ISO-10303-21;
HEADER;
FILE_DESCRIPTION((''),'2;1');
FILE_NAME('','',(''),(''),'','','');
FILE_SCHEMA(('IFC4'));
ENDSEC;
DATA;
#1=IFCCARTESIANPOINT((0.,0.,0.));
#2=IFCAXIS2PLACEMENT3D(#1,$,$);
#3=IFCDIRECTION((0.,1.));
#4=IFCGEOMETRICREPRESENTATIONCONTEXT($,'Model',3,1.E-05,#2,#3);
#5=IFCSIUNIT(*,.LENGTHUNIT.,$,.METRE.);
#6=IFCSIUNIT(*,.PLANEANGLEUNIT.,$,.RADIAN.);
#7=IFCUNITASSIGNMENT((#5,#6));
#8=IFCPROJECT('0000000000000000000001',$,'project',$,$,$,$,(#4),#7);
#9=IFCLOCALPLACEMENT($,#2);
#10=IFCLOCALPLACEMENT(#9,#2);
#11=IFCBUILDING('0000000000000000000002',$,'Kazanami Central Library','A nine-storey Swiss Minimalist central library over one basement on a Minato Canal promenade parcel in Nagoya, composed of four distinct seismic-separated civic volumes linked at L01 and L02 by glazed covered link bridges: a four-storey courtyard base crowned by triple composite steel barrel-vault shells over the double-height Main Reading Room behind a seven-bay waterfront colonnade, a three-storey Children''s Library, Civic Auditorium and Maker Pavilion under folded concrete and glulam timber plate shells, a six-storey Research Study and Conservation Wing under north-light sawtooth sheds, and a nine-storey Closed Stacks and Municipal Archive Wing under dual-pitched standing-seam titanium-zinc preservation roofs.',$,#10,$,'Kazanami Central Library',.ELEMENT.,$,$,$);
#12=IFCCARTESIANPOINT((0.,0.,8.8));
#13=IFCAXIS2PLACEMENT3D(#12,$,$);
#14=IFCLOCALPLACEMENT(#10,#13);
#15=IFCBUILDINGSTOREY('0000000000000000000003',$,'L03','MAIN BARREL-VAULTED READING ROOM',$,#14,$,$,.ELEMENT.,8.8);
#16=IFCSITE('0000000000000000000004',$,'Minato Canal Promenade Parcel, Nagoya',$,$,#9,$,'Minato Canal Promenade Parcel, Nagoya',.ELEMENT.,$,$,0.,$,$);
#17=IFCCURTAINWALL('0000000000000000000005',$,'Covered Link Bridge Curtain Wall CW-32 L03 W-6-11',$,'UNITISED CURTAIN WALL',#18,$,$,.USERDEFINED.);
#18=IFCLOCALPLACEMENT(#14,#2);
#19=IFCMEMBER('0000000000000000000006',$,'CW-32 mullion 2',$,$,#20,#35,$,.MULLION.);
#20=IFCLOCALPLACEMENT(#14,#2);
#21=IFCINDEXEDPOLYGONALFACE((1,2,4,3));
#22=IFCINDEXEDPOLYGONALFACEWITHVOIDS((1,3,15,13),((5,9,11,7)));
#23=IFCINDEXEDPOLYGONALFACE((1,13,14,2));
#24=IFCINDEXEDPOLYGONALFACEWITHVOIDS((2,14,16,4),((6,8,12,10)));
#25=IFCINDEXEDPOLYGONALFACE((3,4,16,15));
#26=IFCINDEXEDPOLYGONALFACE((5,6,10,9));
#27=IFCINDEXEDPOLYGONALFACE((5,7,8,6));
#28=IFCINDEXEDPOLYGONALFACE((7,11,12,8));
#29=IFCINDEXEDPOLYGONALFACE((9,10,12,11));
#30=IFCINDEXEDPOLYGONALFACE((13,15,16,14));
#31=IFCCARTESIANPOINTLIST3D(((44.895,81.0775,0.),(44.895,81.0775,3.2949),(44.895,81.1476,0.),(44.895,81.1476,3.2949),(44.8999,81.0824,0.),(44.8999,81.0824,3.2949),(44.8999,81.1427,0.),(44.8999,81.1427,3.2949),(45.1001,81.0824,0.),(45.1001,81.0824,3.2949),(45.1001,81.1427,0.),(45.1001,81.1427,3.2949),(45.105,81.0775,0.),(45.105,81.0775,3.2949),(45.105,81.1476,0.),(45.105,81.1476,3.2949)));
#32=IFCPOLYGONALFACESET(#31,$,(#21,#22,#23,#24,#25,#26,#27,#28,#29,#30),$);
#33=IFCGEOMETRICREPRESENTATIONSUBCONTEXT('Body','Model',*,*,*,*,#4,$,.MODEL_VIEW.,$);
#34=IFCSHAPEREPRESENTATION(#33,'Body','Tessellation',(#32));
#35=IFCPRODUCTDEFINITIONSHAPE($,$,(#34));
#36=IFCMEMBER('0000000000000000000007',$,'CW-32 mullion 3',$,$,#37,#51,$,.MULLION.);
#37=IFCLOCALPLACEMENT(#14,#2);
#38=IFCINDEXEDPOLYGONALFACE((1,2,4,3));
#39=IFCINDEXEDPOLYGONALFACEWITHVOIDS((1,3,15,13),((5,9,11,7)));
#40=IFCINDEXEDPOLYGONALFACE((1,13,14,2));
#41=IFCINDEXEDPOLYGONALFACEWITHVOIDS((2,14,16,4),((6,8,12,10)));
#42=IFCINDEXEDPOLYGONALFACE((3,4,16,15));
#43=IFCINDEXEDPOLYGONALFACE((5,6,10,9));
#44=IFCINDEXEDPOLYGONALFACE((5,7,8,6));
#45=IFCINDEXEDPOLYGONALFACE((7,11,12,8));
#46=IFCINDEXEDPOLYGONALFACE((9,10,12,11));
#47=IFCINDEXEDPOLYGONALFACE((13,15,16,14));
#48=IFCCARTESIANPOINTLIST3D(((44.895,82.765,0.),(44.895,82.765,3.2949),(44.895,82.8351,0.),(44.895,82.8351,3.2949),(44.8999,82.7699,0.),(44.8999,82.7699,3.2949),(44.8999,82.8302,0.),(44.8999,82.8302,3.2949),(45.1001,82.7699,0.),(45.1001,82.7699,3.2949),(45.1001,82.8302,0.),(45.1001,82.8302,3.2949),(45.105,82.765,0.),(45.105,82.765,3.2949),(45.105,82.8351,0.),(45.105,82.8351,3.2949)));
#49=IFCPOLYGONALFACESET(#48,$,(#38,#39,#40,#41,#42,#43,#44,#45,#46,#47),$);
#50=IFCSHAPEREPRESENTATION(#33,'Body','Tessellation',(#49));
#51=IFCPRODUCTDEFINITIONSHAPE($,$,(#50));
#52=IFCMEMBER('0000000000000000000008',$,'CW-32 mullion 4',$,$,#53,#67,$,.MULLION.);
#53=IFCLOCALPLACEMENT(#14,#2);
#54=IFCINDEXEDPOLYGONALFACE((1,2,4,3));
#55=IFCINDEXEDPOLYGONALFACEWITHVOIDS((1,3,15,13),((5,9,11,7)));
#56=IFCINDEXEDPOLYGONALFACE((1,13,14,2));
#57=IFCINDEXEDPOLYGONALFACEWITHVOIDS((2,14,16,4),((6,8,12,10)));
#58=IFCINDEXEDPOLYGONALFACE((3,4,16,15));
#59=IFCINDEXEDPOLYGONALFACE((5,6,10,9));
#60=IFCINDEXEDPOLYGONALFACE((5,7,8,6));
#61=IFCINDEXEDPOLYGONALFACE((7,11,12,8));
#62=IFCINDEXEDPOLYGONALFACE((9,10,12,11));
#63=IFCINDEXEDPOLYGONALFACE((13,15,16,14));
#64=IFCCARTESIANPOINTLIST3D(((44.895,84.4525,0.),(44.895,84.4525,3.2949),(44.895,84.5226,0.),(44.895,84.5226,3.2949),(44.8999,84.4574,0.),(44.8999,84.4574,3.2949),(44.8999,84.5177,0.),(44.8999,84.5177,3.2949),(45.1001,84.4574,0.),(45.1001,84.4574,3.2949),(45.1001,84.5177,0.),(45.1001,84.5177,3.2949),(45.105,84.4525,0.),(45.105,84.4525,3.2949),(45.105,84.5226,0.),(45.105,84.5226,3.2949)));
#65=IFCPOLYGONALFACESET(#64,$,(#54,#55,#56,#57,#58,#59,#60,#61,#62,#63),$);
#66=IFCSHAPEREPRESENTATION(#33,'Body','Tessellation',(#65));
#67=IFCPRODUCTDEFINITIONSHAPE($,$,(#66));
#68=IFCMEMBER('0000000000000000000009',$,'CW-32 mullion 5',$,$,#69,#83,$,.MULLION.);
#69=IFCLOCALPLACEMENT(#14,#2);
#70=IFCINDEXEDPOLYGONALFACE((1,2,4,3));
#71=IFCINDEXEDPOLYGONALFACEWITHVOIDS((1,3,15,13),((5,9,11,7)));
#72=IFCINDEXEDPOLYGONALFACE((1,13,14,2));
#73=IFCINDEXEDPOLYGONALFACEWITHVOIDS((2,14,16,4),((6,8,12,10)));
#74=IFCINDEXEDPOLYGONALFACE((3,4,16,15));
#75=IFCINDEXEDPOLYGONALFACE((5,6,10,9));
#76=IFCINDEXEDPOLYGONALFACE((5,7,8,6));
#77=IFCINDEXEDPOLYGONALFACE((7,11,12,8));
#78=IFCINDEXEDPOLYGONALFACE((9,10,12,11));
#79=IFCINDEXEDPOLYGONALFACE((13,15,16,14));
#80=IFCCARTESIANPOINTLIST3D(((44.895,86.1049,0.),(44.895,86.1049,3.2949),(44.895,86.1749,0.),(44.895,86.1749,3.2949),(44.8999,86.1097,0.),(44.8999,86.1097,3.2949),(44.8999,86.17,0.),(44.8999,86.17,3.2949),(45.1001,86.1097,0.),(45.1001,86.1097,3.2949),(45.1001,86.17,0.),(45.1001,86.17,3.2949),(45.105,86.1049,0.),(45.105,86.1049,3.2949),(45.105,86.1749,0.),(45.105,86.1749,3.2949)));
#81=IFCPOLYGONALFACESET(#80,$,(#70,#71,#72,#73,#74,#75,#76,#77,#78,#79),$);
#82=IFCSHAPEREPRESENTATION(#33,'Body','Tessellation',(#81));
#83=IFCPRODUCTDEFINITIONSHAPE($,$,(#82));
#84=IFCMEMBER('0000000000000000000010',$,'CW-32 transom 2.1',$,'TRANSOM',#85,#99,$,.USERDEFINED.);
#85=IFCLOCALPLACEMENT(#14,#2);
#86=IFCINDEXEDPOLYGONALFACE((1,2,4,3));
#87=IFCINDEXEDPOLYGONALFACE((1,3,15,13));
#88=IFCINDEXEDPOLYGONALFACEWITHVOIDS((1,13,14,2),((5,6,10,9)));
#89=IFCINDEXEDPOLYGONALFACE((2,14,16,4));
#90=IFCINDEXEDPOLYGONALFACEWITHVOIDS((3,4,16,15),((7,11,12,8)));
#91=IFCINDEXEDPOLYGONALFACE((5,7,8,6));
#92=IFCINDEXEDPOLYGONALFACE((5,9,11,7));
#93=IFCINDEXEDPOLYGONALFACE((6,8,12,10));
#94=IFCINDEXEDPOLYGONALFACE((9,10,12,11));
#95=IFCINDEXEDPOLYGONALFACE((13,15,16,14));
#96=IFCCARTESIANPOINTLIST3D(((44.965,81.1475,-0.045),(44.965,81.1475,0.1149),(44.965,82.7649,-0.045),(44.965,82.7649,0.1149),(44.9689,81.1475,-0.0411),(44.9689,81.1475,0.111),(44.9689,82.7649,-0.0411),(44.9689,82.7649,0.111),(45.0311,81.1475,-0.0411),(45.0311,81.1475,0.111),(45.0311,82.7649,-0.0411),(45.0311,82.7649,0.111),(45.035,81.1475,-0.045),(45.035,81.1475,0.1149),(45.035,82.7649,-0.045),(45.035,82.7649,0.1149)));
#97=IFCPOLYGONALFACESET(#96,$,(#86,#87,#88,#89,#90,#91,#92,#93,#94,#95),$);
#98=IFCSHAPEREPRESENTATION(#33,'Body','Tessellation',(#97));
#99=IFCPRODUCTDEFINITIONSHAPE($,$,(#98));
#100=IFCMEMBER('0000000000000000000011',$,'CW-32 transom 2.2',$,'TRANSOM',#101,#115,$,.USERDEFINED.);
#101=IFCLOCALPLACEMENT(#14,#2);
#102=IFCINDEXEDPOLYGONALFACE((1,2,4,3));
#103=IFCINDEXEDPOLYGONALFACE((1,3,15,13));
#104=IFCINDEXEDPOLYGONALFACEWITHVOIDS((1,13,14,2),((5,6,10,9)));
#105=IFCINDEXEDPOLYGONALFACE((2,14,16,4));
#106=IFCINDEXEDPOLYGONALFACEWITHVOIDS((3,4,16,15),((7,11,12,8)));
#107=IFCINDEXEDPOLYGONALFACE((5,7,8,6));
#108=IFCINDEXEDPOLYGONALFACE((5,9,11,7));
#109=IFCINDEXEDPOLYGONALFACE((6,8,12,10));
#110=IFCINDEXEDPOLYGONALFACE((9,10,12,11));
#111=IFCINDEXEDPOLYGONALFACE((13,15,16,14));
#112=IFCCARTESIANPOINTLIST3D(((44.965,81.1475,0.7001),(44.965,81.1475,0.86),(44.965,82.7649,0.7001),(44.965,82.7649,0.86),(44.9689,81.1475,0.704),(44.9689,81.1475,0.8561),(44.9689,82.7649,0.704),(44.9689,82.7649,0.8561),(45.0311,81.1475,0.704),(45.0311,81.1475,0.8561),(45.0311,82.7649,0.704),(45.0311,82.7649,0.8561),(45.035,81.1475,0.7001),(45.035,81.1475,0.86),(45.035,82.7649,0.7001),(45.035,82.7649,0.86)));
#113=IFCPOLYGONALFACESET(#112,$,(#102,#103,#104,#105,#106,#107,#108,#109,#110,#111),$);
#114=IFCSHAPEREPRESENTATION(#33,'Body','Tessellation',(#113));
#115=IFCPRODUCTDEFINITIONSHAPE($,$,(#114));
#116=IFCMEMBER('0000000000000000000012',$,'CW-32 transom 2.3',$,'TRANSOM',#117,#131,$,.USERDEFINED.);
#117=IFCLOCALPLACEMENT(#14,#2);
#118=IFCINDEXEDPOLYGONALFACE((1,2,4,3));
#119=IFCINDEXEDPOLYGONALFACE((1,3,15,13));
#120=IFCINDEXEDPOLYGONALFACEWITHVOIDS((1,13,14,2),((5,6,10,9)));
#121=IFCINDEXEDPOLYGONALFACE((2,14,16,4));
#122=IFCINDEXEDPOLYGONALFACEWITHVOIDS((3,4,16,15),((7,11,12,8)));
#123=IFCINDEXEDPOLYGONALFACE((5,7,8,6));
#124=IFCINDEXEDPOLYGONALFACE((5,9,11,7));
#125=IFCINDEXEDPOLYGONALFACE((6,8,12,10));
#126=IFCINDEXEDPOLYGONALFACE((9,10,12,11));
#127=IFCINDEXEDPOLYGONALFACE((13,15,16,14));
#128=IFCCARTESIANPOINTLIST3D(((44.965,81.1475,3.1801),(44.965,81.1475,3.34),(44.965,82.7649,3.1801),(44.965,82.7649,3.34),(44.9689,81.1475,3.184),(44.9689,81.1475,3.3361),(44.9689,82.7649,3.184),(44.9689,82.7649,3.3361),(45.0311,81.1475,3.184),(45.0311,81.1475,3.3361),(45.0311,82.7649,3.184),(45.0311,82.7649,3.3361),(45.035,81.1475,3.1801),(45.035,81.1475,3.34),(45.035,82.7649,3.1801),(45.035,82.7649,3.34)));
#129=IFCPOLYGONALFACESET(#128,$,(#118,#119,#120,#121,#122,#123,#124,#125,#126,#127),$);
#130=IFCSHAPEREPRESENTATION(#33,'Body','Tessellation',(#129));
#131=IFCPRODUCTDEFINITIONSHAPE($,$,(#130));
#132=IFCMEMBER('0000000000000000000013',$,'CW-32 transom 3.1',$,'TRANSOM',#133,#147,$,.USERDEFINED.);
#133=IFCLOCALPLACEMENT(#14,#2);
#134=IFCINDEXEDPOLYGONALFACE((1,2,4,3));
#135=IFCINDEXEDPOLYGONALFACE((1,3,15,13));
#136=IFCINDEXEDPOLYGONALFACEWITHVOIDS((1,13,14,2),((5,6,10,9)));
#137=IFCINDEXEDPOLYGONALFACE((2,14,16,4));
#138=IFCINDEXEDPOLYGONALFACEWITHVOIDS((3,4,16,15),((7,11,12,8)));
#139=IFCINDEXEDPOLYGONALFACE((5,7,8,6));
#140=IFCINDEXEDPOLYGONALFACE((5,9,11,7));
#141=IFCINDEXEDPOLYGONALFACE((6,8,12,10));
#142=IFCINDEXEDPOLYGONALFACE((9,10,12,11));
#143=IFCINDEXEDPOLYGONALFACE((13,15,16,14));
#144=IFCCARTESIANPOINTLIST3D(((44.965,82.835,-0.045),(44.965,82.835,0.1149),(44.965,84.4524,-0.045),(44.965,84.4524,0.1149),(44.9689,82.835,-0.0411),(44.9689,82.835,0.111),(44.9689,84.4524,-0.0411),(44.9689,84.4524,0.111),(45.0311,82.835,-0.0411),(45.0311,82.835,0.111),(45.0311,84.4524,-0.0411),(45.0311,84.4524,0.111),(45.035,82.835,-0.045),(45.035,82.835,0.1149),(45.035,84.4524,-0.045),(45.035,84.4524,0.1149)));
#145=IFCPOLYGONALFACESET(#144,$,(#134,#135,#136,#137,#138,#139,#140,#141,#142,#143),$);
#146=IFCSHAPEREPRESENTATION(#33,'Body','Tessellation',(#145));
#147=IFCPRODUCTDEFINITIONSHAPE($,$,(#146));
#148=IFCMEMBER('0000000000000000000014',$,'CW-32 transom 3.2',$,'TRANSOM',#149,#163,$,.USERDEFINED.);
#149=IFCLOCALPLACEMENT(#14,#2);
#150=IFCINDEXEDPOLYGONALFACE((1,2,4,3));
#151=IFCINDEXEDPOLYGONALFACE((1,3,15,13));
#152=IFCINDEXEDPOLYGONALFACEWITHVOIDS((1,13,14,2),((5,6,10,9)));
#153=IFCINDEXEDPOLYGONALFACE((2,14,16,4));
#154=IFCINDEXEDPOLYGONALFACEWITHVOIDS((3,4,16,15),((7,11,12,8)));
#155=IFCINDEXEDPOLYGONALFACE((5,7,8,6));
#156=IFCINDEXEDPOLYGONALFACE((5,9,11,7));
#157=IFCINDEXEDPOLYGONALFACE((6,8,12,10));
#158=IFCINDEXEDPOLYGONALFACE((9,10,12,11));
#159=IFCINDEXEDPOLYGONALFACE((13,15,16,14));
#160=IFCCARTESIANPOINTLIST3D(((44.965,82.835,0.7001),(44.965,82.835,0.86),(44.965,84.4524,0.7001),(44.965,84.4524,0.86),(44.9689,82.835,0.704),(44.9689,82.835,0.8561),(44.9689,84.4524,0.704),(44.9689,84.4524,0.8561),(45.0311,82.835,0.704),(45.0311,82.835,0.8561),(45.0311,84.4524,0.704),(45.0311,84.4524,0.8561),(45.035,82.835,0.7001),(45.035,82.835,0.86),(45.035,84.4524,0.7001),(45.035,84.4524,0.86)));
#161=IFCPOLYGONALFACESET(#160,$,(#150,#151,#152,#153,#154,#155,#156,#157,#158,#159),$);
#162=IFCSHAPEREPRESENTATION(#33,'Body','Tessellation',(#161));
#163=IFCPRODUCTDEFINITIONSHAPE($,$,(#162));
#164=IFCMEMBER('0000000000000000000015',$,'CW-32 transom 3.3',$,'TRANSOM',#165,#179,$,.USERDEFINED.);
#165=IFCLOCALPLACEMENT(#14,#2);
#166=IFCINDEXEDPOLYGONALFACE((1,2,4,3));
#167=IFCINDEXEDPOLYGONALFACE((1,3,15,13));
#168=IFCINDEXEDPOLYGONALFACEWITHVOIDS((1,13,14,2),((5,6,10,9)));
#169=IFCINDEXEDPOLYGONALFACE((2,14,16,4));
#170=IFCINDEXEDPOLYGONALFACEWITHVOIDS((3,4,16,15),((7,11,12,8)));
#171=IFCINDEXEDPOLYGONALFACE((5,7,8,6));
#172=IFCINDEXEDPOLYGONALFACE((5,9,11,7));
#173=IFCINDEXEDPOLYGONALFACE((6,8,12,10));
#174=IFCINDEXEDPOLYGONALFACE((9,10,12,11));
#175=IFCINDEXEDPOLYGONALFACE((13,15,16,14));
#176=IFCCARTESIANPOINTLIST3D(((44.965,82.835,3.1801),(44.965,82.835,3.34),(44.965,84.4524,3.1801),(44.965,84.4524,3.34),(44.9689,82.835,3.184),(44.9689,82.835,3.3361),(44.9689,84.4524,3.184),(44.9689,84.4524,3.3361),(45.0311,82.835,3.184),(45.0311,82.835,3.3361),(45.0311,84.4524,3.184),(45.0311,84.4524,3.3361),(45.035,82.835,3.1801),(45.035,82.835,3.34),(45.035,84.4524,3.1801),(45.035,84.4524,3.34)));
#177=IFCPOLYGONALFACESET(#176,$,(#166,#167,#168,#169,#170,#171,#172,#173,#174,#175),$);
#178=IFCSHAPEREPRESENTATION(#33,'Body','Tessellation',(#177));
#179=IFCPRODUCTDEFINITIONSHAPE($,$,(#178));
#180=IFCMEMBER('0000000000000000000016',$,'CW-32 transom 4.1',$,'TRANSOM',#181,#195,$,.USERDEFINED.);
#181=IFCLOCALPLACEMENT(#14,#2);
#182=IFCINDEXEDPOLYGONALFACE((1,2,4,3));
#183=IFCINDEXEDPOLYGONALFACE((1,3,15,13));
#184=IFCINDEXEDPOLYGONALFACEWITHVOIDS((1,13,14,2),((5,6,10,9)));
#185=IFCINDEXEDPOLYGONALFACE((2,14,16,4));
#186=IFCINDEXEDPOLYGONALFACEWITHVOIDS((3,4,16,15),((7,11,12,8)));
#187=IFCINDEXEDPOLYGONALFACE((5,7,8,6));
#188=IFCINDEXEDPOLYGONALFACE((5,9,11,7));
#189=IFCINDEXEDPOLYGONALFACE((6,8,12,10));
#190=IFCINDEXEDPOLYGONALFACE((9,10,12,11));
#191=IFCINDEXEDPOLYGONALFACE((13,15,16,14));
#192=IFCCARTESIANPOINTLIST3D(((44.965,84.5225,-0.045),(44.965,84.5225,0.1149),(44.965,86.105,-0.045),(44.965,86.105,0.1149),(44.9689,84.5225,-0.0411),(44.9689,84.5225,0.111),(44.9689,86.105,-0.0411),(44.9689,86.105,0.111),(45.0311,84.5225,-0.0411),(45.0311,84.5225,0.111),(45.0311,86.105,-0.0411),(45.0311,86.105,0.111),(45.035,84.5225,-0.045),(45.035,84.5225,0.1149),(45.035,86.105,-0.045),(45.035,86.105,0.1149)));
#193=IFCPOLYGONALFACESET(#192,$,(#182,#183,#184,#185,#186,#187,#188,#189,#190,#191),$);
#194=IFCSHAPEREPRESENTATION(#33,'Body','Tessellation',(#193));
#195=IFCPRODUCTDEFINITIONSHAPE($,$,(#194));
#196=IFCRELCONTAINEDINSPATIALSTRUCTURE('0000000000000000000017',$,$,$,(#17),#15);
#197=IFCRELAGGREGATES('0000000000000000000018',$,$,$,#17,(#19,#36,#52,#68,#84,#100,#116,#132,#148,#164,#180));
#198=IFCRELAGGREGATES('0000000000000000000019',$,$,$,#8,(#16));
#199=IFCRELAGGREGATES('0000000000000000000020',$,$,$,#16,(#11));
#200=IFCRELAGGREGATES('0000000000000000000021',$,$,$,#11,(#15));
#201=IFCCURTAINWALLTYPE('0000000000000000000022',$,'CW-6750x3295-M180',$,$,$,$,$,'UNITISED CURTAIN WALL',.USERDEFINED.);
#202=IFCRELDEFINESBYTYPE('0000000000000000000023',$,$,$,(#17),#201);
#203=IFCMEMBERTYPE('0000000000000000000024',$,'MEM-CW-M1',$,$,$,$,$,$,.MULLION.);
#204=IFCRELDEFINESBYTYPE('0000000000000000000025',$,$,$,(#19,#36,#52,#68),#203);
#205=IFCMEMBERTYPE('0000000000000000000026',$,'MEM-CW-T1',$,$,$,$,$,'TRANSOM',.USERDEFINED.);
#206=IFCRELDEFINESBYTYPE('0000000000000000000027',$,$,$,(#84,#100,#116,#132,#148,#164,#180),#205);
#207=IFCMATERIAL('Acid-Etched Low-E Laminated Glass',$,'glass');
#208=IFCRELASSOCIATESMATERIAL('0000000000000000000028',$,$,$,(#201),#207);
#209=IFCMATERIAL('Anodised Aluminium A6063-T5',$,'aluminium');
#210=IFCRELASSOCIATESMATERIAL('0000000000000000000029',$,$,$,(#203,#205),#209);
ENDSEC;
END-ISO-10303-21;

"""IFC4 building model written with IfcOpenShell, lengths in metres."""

from ifc_helpers import new_model, si_unit, direction, frame, origin, origin_2d, place, context, subcontext, project, spatial, hollow_rectangle, extrude, material, material_profile, profile_set, type_object, element, aggregate, save


model = new_model("IFC4")

# Units and contexts
model_context = context("Model", 3, precision=1e-05, world=origin(), true_north=direction((0.0, 1.0)))
body_context = subcontext(model_context, "Body", "Model", "MODEL_VIEW")
ifc_project = project(units=[si_unit("LENGTHUNIT", "METRE"), si_unit("PLANEANGLEUNIT", "RADIAN")], contexts=[model_context])

# Site, building, storey
site_placement = place(None, origin())
site = spatial("IfcSite", under=ifc_project, at=site_placement, Name="Minato Canal Promenade Parcel, Nagoya", LongName="Minato Canal Promenade Parcel, Nagoya", CompositionType="ELEMENT", RefElevation=0.0)
building_placement = place(site_placement, origin())
building = spatial("IfcBuilding", under=site, at=building_placement, Name="Kazanami Central Library", Description="A nine-storey Swiss Minimalist central library over one basement on a Minato Canal promenade parcel in Nagoya, composed of four distinct seismic-separated civic volumes linked at L01 and L02 by glazed covered link bridges: a four-storey courtyard base crowned by triple composite steel barrel-vault shells over the double-height Main Reading Room behind a seven-bay waterfront colonnade, a three-storey Children's Library, Civic Auditorium and Maker Pavilion under folded concrete and glulam timber plate shells, a six-storey Research Study and Conservation Wing under north-light sawtooth sheds, and a nine-storey Closed Stacks and Municipal Archive Wing under dual-pitched standing-seam titanium-zinc preservation roofs.", LongName="Kazanami Central Library", CompositionType="ELEMENT")
storey_placement = place(building_placement, frame((0.0, 0.0, 8.8)))
storey = spatial("IfcBuildingStorey", under=building, at=storey_placement, Name="L03", Description="MAIN BARREL-VAULTED READING ROOM", CompositionType="ELEMENT", Elevation=8.8)

# Curtain wall, members
ifc_material_1 = material(Name="Acid-Etched Low-E Laminated Glass", Category="glass")
curtain_wall_type = type_object("IfcCurtainWallType", Name="CW-6750x3295-M180", ElementType="UNITISED CURTAIN WALL", PredefinedType="USERDEFINED", material=ifc_material_1)
curtain_wall_placement = place(storey_placement, origin())
curtain_wall = element("IfcCurtainWall", 1, at=curtain_wall_placement, inside=storey, type_object=curtain_wall_type, Name="Covered Link Bridge Curtain Wall CW-32 L03 W-6-11", ObjectType="UNITISED CURTAIN WALL", PredefinedType="USERDEFINED")
ifc_material_2 = material(Name="Anodised Aluminium A6063-T5", Category="aluminium")
ifc_material_profile_1 = material_profile(ifc_material_2, hollow_rectangle(XDim=0.0701, YDim=0.21, WallThickness=0.0049, at=origin_2d()), Name="ALU-MULL-70x210x5")
ifc_profile_set_1 = profile_set([ifc_material_profile_1], Name="Anodised Aluminium A6063-T5")
member_type_1 = type_object("IfcMemberType", Name="MEM-CW-M1", PredefinedType="MULLION", material=ifc_profile_set_1)
member_1_placement = place(storey_placement, frame((45.0, 81.1125, 0.0), z_axis=(0.0, 0.0, 1.0), x_axis=(0.0, 1.0, 0.0)))
member_1 = element("IfcMember", 2, at=member_1_placement, type_object=member_type_1, Name="CW-32 mullion 2", PredefinedType="MULLION", context=body_context, shape_type="SweptSolid", body=[
    extrude(hollow_rectangle(XDim=0.0701, YDim=0.21, WallThickness=0.0049, at=origin_2d()), origin(), (0.0, 0.0, 1.0), 3.2949),
])
member_2_placement = place(storey_placement, frame((45.0, 82.8, 0.0), z_axis=(0.0, 0.0, 1.0), x_axis=(0.0, 1.0, 0.0)))
member_2 = element("IfcMember", 3, at=member_2_placement, type_object=member_type_1, Name="CW-32 mullion 3", PredefinedType="MULLION", context=body_context, shape_type="SweptSolid", body=[
    extrude(hollow_rectangle(XDim=0.0701, YDim=0.21, WallThickness=0.0049, at=origin_2d()), origin(), (0.0, 0.0, 1.0), 3.2949),
])
member_3_placement = place(storey_placement, frame((45.0, 84.4875, 0.0), z_axis=(0.0, 0.0, 1.0), x_axis=(0.0, 1.0, 0.0)))
member_3 = element("IfcMember", 4, at=member_3_placement, type_object=member_type_1, Name="CW-32 mullion 4", PredefinedType="MULLION", context=body_context, shape_type="SweptSolid", body=[
    extrude(hollow_rectangle(XDim=0.0701, YDim=0.21, WallThickness=0.0049, at=origin_2d()), origin(), (0.0, 0.0, 1.0), 3.2949),
])
member_4_placement = place(storey_placement, frame((45.0, 86.1399, 0.0), z_axis=(0.0, 0.0, 1.0), x_axis=(0.0, 1.0, 0.0)))
member_4 = element("IfcMember", 5, at=member_4_placement, type_object=member_type_1, Name="CW-32 mullion 5", PredefinedType="MULLION", context=body_context, shape_type="SweptSolid", body=[
    extrude(hollow_rectangle(XDim=0.0701, YDim=0.21, WallThickness=0.0049, at=origin_2d()), origin(), (0.0, 0.0, 1.0), 3.2949),
])
ifc_material_profile_2 = material_profile(ifc_material_2, hollow_rectangle(XDim=0.0701, YDim=0.1599, WallThickness=0.0039, at=origin_2d()), Name="ALU-TRAN-70x160x4")
ifc_profile_set_2 = profile_set([ifc_material_profile_2], Name="Anodised Aluminium A6063-T5")
member_type_2 = type_object("IfcMemberType", Name="MEM-CW-T1", ElementType="TRANSOM", PredefinedType="USERDEFINED", material=ifc_profile_set_2)
member_5_placement = place(storey_placement, frame((45.0, 81.1475, 0.0349), z_axis=(0.0, 1.0, 0.0), x_axis=(-1.0, 0.0, 0.0)))
member_5 = element("IfcMember", 6, at=member_5_placement, type_object=member_type_2, Name="CW-32 transom 2.1", ObjectType="TRANSOM", PredefinedType="USERDEFINED", context=body_context, shape_type="SweptSolid", body=[
    extrude(hollow_rectangle(XDim=0.0701, YDim=0.1599, WallThickness=0.0039, at=origin_2d()), origin(), (0.0, 0.0, 1.0), 1.6174),
])
member_6_placement = place(storey_placement, frame((45.0, 81.1475, 0.78), z_axis=(0.0, 1.0, 0.0), x_axis=(-1.0, 0.0, 0.0)))
member_6 = element("IfcMember", 7, at=member_6_placement, type_object=member_type_2, Name="CW-32 transom 2.2", ObjectType="TRANSOM", PredefinedType="USERDEFINED", context=body_context, shape_type="SweptSolid", body=[
    extrude(hollow_rectangle(XDim=0.0701, YDim=0.1599, WallThickness=0.0039, at=origin_2d()), origin(), (0.0, 0.0, 1.0), 1.6174),
])
member_7_placement = place(storey_placement, frame((45.0, 81.1475, 3.26), z_axis=(0.0, 1.0, 0.0), x_axis=(-1.0, 0.0, 0.0)))
member_7 = element("IfcMember", 8, at=member_7_placement, type_object=member_type_2, Name="CW-32 transom 2.3", ObjectType="TRANSOM", PredefinedType="USERDEFINED", context=body_context, shape_type="SweptSolid", body=[
    extrude(hollow_rectangle(XDim=0.0701, YDim=0.1599, WallThickness=0.0039, at=origin_2d()), origin(), (0.0, 0.0, 1.0), 1.6174),
])
member_8_placement = place(storey_placement, frame((45.0, 82.835, 0.0349), z_axis=(0.0, 1.0, 0.0), x_axis=(-1.0, 0.0, 0.0)))
member_8 = element("IfcMember", 9, at=member_8_placement, type_object=member_type_2, Name="CW-32 transom 3.1", ObjectType="TRANSOM", PredefinedType="USERDEFINED", context=body_context, shape_type="SweptSolid", body=[
    extrude(hollow_rectangle(XDim=0.0701, YDim=0.1599, WallThickness=0.0039, at=origin_2d()), origin(), (0.0, 0.0, 1.0), 1.6174),
])
member_9_placement = place(storey_placement, frame((45.0, 82.835, 0.78), z_axis=(0.0, 1.0, 0.0), x_axis=(-1.0, 0.0, 0.0)))
member_9 = element("IfcMember", 10, at=member_9_placement, type_object=member_type_2, Name="CW-32 transom 3.2", ObjectType="TRANSOM", PredefinedType="USERDEFINED", context=body_context, shape_type="SweptSolid", body=[
    extrude(hollow_rectangle(XDim=0.0701, YDim=0.1599, WallThickness=0.0039, at=origin_2d()), origin(), (0.0, 0.0, 1.0), 1.6174),
])
member_10_placement = place(storey_placement, frame((45.0, 82.835, 3.26), z_axis=(0.0, 1.0, 0.0), x_axis=(-1.0, 0.0, 0.0)))
member_10 = element("IfcMember", 11, at=member_10_placement, type_object=member_type_2, Name="CW-32 transom 3.3", ObjectType="TRANSOM", PredefinedType="USERDEFINED", context=body_context, shape_type="SweptSolid", body=[
    extrude(hollow_rectangle(XDim=0.0701, YDim=0.1599, WallThickness=0.0039, at=origin_2d()), origin(), (0.0, 0.0, 1.0), 1.6174),
])
member_11_placement = place(storey_placement, frame((45.0, 84.5225, 0.0349), z_axis=(0.0, 1.0, 0.0), x_axis=(-1.0, 0.0, 0.0)))
member_11 = element("IfcMember", 12, at=member_11_placement, type_object=member_type_2, Name="CW-32 transom 4.1", ObjectType="TRANSOM", PredefinedType="USERDEFINED", context=body_context, shape_type="SweptSolid", body=[
    extrude(hollow_rectangle(XDim=0.0701, YDim=0.1599, WallThickness=0.0039, at=origin_2d()), origin(), (0.0, 0.0, 1.0), 1.5825),
])
aggregate(curtain_wall, [member_1, member_2, member_3, member_4, member_5, member_6, member_7, member_8, member_9, member_10, member_11])

save(model, "model.ifc")
